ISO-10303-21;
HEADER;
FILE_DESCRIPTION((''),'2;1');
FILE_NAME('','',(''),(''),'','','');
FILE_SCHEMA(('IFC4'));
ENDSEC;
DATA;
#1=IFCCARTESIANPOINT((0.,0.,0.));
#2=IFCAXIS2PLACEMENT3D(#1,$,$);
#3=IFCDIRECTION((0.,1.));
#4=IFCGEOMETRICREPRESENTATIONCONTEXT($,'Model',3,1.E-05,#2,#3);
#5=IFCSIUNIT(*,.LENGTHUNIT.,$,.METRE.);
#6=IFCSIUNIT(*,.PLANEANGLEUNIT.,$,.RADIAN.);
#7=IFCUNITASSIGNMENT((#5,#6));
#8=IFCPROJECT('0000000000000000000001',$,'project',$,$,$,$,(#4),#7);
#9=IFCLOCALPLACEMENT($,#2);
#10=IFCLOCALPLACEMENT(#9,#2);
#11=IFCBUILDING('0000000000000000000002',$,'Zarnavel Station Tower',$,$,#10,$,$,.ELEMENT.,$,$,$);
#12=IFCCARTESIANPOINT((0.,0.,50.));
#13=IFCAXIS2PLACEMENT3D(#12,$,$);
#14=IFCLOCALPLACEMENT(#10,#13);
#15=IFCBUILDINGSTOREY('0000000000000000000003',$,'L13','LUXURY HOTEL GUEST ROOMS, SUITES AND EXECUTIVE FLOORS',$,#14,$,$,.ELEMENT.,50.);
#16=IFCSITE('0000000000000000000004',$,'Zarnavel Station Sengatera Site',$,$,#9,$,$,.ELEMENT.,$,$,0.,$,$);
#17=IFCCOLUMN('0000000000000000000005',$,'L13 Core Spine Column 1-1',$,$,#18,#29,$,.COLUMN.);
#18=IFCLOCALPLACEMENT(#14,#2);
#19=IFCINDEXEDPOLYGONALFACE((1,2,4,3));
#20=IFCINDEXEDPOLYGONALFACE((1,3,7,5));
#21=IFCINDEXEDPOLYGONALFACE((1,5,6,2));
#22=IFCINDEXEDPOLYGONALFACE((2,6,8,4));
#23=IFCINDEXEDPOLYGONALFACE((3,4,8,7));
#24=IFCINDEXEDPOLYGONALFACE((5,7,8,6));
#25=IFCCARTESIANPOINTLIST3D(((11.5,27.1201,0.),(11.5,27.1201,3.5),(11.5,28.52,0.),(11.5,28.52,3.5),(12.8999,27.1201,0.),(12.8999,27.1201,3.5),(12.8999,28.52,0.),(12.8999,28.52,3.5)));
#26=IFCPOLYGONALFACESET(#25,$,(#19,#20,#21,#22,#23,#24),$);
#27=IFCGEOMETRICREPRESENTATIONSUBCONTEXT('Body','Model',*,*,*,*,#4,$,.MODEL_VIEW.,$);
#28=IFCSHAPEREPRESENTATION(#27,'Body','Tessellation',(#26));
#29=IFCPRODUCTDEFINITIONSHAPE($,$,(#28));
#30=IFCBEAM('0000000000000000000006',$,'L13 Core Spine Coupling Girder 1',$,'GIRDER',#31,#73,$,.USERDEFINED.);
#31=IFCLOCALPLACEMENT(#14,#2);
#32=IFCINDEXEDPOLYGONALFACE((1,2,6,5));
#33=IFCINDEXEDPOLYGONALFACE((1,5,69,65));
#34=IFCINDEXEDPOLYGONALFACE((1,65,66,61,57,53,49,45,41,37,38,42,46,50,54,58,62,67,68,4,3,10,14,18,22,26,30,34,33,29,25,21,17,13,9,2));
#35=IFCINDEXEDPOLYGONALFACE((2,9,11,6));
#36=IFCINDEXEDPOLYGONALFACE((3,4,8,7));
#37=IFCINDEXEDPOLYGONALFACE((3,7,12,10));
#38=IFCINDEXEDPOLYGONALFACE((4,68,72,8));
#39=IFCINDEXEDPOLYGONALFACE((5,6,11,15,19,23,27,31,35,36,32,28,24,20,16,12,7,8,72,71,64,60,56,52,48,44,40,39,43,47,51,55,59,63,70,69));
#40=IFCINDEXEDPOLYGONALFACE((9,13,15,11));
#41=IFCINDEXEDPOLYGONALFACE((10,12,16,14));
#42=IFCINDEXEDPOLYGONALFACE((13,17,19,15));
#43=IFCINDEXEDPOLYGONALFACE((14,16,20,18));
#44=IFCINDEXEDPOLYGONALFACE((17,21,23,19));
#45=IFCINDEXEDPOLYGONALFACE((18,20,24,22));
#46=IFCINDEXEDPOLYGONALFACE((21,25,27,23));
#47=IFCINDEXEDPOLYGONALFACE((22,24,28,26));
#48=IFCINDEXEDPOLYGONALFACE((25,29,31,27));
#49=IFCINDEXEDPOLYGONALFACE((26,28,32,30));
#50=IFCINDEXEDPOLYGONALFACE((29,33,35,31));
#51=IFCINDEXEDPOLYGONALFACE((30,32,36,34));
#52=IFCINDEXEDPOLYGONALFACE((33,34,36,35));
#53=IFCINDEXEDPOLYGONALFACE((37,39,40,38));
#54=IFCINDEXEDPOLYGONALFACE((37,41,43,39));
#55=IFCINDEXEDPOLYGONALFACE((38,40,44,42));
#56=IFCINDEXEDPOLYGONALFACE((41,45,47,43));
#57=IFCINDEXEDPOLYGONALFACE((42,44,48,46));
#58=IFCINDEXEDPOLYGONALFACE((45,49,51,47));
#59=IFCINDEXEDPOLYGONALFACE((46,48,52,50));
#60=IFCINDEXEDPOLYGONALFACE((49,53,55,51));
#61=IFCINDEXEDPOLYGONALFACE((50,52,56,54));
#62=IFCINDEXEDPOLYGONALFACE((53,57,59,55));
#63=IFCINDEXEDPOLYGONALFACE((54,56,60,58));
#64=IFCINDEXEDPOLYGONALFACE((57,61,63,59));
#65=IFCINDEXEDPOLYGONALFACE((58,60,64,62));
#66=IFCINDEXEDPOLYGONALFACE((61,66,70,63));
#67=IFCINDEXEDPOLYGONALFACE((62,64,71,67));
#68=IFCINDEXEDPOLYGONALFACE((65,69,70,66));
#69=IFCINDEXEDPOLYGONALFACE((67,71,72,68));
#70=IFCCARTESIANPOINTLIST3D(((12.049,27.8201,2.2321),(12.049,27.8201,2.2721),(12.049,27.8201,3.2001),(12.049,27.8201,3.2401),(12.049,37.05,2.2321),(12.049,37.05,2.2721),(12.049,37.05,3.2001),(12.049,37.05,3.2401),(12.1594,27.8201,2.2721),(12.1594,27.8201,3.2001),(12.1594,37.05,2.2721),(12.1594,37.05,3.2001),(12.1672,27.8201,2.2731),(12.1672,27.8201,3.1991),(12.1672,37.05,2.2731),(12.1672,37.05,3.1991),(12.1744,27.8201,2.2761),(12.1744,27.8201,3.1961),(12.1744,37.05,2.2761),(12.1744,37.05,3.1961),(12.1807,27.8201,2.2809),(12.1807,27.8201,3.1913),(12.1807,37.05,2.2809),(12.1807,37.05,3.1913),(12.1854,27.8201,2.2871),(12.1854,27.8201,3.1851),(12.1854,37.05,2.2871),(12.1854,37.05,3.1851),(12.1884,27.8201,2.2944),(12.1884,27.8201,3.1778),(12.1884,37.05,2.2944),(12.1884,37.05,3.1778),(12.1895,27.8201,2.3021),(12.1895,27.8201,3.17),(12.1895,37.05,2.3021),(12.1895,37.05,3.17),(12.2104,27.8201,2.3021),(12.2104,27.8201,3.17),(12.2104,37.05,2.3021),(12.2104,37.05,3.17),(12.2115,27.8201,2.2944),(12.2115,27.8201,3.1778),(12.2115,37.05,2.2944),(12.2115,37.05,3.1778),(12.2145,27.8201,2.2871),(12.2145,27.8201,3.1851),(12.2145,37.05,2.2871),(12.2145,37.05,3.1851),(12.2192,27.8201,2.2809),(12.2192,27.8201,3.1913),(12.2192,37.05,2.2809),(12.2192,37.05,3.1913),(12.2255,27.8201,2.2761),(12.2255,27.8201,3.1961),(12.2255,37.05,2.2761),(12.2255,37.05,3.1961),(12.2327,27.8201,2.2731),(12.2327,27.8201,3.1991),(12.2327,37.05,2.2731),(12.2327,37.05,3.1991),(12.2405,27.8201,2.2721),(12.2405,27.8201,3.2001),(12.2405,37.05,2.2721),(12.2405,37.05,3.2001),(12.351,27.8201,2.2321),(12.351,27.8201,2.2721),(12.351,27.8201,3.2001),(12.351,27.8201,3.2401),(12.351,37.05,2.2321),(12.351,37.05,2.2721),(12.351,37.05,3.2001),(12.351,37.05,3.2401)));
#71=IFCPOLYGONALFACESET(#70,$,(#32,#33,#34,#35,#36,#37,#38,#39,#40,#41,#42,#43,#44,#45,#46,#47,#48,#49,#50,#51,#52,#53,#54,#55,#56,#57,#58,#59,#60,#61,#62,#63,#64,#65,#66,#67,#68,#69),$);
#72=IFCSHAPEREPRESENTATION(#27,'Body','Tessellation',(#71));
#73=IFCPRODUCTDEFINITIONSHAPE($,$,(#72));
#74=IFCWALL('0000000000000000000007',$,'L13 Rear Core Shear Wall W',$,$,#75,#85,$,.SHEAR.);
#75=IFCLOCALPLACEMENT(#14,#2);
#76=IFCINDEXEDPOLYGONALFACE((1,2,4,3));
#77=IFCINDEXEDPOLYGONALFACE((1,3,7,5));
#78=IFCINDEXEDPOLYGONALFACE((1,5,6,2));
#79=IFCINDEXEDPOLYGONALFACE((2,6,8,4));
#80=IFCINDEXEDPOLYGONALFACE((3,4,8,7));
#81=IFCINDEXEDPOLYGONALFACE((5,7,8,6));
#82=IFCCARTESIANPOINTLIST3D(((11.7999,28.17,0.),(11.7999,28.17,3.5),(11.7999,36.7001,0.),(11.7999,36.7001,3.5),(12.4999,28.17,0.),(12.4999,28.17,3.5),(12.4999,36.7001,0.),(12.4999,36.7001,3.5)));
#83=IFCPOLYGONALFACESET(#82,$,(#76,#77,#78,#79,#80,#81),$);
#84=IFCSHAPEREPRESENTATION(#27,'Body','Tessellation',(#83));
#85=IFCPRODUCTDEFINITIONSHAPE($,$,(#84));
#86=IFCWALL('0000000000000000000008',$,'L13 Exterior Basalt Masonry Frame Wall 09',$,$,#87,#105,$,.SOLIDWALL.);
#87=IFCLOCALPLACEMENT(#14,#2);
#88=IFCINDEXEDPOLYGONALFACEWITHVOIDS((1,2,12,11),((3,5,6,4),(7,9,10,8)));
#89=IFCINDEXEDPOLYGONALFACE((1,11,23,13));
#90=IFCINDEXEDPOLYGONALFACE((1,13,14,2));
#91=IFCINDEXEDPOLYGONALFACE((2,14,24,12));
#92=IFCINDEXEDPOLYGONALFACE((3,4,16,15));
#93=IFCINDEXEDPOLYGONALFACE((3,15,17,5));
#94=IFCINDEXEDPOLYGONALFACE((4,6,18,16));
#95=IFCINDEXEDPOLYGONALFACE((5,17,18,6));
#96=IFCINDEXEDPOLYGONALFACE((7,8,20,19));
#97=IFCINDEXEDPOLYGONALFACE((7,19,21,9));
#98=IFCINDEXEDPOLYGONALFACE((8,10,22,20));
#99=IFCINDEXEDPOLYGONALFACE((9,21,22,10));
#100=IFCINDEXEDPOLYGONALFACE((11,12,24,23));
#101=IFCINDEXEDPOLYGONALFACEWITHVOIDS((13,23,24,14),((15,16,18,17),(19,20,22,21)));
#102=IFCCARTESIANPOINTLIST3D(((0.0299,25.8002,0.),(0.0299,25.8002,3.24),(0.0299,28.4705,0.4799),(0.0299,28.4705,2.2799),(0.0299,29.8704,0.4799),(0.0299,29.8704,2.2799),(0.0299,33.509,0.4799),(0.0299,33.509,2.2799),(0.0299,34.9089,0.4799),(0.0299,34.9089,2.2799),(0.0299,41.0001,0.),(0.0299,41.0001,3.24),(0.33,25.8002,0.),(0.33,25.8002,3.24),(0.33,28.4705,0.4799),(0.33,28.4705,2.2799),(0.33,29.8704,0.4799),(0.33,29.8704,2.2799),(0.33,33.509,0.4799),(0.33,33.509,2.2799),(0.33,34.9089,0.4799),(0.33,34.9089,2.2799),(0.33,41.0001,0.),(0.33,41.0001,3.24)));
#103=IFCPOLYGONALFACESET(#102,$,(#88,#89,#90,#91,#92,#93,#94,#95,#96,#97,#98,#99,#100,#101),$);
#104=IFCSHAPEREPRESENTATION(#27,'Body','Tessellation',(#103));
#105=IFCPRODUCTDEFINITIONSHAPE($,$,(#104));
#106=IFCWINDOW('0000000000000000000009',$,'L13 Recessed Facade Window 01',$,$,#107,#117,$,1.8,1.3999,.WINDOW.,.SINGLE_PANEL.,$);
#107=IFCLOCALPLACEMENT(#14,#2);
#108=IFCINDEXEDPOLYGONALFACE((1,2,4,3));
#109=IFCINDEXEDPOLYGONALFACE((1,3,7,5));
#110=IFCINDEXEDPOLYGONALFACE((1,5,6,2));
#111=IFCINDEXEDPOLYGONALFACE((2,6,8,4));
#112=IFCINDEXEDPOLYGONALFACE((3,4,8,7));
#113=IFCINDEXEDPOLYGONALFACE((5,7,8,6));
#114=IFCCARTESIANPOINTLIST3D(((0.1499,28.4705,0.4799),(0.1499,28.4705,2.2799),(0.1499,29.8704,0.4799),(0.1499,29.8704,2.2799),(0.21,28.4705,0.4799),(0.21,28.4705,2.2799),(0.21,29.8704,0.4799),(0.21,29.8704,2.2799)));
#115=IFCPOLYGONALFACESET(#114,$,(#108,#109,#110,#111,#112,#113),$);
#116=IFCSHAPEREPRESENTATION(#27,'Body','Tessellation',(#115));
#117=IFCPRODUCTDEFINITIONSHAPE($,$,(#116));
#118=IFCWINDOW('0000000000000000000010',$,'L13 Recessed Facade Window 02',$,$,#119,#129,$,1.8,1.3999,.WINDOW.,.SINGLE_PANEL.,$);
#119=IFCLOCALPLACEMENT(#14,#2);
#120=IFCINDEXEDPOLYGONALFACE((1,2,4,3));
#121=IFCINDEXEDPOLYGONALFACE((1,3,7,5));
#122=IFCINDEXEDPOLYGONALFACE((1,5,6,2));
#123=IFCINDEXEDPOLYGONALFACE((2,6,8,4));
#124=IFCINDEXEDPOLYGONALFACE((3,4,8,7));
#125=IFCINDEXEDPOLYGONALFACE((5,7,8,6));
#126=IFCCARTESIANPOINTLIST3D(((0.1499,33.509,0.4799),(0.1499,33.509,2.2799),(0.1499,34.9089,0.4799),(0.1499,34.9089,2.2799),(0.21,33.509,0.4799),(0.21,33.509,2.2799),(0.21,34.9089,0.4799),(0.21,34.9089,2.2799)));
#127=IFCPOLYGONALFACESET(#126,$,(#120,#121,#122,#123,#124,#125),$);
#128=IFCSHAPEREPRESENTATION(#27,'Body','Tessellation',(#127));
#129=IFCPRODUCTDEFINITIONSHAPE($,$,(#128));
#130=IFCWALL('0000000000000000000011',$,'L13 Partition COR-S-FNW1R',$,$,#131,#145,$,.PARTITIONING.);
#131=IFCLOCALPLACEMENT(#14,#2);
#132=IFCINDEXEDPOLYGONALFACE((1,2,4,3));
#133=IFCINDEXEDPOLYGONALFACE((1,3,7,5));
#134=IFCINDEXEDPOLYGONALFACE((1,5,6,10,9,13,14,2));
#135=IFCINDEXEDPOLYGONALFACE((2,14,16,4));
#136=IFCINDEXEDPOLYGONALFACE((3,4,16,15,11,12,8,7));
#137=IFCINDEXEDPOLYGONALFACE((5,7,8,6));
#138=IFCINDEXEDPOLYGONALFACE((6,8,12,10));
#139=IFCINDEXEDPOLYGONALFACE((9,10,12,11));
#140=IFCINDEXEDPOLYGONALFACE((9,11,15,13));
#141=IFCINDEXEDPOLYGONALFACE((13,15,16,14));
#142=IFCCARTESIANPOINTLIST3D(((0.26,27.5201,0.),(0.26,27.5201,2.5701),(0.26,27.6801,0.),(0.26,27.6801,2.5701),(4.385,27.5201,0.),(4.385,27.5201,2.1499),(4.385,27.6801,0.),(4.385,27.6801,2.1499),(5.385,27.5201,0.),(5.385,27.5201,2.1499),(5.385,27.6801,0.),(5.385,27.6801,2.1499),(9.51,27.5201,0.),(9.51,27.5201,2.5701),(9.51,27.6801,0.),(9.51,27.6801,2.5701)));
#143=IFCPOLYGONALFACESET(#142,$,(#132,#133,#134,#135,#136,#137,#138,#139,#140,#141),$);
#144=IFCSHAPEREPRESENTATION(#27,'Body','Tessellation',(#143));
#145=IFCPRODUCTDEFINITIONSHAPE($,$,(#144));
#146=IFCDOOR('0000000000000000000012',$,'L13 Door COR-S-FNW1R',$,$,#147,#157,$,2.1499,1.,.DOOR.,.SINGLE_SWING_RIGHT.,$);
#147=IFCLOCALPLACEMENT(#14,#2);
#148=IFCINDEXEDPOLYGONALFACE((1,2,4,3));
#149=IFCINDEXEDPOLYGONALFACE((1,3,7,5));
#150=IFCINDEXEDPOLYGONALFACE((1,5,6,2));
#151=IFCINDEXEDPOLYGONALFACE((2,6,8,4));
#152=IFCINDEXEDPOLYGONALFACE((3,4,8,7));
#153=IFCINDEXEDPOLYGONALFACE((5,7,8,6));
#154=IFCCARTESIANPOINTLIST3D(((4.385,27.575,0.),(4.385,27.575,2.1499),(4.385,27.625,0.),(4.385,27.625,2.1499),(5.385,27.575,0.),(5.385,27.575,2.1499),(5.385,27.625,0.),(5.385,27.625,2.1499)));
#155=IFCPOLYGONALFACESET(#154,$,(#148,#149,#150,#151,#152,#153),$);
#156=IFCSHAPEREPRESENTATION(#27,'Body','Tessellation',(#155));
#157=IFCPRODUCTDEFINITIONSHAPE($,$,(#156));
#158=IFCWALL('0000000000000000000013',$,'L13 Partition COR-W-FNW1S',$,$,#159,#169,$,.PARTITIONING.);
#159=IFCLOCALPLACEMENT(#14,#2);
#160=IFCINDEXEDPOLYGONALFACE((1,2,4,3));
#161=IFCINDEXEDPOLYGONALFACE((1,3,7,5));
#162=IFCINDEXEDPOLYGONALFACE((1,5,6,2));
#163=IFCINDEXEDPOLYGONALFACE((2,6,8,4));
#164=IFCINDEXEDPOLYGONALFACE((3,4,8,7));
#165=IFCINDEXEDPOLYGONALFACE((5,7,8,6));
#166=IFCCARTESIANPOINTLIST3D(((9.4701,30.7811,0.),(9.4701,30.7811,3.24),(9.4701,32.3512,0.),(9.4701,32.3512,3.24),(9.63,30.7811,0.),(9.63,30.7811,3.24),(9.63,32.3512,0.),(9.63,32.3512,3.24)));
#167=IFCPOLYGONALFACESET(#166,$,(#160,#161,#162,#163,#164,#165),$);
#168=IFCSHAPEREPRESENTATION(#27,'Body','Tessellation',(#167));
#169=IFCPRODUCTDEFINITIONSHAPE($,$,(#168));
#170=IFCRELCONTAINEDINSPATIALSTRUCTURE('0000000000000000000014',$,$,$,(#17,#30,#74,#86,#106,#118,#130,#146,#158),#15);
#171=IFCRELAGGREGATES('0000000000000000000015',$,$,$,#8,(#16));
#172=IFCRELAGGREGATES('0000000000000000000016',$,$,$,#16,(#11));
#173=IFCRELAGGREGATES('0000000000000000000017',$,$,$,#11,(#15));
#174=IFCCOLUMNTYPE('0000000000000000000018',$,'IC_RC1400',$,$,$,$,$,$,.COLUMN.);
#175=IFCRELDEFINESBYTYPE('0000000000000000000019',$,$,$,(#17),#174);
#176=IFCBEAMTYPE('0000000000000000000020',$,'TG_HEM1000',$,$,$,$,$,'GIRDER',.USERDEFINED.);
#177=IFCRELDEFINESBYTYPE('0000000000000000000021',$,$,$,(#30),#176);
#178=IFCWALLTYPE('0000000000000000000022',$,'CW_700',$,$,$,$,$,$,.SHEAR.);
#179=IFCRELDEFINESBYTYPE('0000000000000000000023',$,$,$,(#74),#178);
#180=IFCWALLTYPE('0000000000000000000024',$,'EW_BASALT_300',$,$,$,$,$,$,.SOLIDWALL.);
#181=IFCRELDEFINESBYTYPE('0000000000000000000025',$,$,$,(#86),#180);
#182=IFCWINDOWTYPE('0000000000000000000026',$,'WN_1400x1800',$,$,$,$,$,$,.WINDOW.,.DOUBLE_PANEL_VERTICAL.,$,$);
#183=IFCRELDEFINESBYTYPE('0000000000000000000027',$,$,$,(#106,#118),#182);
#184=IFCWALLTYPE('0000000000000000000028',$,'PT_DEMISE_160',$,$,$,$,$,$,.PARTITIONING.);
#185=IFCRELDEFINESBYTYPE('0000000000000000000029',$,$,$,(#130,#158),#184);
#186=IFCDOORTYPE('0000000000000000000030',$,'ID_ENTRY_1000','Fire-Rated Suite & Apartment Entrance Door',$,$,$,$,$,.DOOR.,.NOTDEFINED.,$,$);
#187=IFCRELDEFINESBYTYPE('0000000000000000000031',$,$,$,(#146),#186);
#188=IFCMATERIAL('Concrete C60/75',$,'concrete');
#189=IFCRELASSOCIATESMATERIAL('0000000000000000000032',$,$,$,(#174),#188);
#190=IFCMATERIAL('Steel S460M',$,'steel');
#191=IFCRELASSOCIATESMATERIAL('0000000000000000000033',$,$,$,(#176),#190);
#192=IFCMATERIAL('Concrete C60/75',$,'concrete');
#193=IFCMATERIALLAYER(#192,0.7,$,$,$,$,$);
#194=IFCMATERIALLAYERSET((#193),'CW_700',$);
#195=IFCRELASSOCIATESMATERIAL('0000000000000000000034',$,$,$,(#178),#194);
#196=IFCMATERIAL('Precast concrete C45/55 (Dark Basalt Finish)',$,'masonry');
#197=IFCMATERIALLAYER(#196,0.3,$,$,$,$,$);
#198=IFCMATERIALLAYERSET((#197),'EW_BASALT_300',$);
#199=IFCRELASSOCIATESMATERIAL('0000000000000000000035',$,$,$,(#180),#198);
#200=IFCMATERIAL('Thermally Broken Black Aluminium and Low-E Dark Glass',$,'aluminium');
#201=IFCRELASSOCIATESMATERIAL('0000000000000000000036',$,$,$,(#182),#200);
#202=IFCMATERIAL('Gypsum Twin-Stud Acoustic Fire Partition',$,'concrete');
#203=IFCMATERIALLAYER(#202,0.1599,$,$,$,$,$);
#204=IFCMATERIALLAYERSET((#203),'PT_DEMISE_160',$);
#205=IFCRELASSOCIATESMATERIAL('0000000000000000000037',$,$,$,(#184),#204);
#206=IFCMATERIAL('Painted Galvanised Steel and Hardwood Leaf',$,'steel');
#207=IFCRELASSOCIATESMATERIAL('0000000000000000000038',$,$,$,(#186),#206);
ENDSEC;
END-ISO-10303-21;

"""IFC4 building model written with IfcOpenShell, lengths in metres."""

from ifc_helpers import new_model, si_unit, direction, frame, frame_2d, origin, origin_2d, place, context, subcontext, project, spatial, rectangle, i_section, extrude, material, layer, layer_set, material_profile, profile_set, type_object, element, fill, save


model = new_model("IFC4")

# Units and contexts
model_context = context("Model", 3, precision=1e-05, world=origin(), true_north=direction((0.0, 1.0)))
body_context = subcontext(model_context, "Body", "Model", "MODEL_VIEW")
ifc_project = project(units=[si_unit("LENGTHUNIT", "METRE"), si_unit("PLANEANGLEUNIT", "RADIAN")], contexts=[model_context])

# Site, building, storey
site_placement = place(None, origin())
site = spatial("IfcSite", under=ifc_project, at=site_placement, Name="Zarnavel Station Sengatera Site", CompositionType="ELEMENT", RefElevation=0.0)
building_placement = place(site_placement, origin())
building = spatial("IfcBuilding", under=site, at=building_placement, Name="Zarnavel Station Tower", CompositionType="ELEMENT")
storey_placement = place(building_placement, frame((0.0, 0.0, 50.0)))
storey = spatial("IfcBuildingStorey", under=building, at=storey_placement, Name="L13", Description="LUXURY HOTEL GUEST ROOMS, SUITES AND EXECUTIVE FLOORS", CompositionType="ELEMENT", Elevation=50.0)

# Column
ifc_material_1 = material(Name="Concrete C60/75", Category="concrete")
ifc_material_profile_1 = material_profile(ifc_material_1, rectangle(XDim=1.3999, YDim=1.3999, at=origin_2d()), Name="RC1400x1400")
ifc_profile_set_1 = profile_set([ifc_material_profile_1], Name="Concrete C60/75")
column_type = type_object("IfcColumnType", Name="IC_RC1400", PredefinedType="COLUMN", material=ifc_profile_set_1)
column_placement = place(storey_placement, frame((12.2, 27.8201, 0.0), z_axis=(0.0, 0.0, 1.0), x_axis=(1.0, 0.0, 0.0)))
element("IfcColumn", 1, at=column_placement, inside=storey, type_object=column_type, Name="L13 Core Spine Column 1-1", PredefinedType="COLUMN", context=body_context, shape_type="SweptSolid", body=[
    extrude(rectangle(XDim=1.3999, YDim=1.3999, at=origin_2d()), origin(), (0.0, 0.0, 1.0), 3.5),
])

# Beam
ifc_material_2 = material(Name="Steel S460M", Category="steel")
ifc_material_profile_2 = material_profile(ifc_material_2, i_section(OverallWidth=0.302, OverallDepth=1.0081, WebThickness=0.021, FlangeThickness=0.04, FilletRadius=0.03, at=origin_2d()), Name="HEM1000")
ifc_profile_set_2 = profile_set([ifc_material_profile_2], Name="Steel S460M")
beam_type = type_object("IfcBeamType", Name="TG_HEM1000", ElementType="GIRDER", PredefinedType="USERDEFINED", material=ifc_profile_set_2)
beam_placement = place(storey_placement, frame((12.2, 27.8201, 2.7361), z_axis=(0.0, 1.0, 0.0), x_axis=(-1.0, 0.0, 0.0)))
element("IfcBeam", 2, at=beam_placement, inside=storey, type_object=beam_type, Name="L13 Core Spine Coupling Girder 1", ObjectType="GIRDER", PredefinedType="USERDEFINED", context=body_context, shape_type="SweptSolid", body=[
    extrude(i_section(OverallWidth=0.302, OverallDepth=1.0081, WebThickness=0.021, FlangeThickness=0.04, FilletRadius=0.03, at=origin_2d()), origin(), (0.0, 0.0, 1.0), 9.23),
])

# Wall
ifc_material_3 = material(Name="Concrete C60/75", Category="concrete")
ifc_layer_1 = layer(ifc_material_3, 0.7)
ifc_layer_set_1 = layer_set([ifc_layer_1], Name="CW_700")
wall_type_1 = type_object("IfcWallType", Name="CW_700", PredefinedType="SHEAR", material=ifc_layer_set_1)
wall_1_placement = place(storey_placement, frame((12.1499, 28.1699, 0.0), z_axis=(0.0, 0.0, 1.0), x_axis=(0.0, 1.0, 0.0)))
element("IfcWall", 3, at=wall_1_placement, inside=storey, type_object=wall_type_1, Name="L13 Rear Core Shear Wall W", PredefinedType="SHEAR", context=body_context, shape_type="SweptSolid", body=[
    extrude(rectangle(XDim=8.53, YDim=0.7, at=frame_2d((4.2651, 0.0))), origin(), (0.0, 0.0, 1.0), 3.5),
])

# Wall, openings, windows
ifc_material_4 = material(Name="Precast concrete C45/55 (Dark Basalt Finish)", Category="masonry")
ifc_layer_2 = layer(ifc_material_4, 0.3)
ifc_layer_set_2 = layer_set([ifc_layer_2], Name="EW_BASALT_300")
wall_type_2 = type_object("IfcWallType", Name="EW_BASALT_300", PredefinedType="SOLIDWALL", material=ifc_layer_set_2)
wall_2_placement = place(storey_placement, frame((0.1799, 25.8, 0.0), z_axis=(0.0, 0.0, 1.0), x_axis=(0.0, 1.0, 0.0)))
wall_2 = element("IfcWall", 4, at=wall_2_placement, inside=storey, type_object=wall_type_2, Name="L13 Exterior Basalt Masonry Frame Wall 09", PredefinedType="SOLIDWALL", context=body_context, shape_type="SweptSolid", body=[
    extrude(rectangle(XDim=15.2, YDim=0.3, at=frame_2d((7.6001, 0.0))), origin(), (0.0, 0.0, 1.0), 3.24),
])
opening_1_placement = place(wall_2_placement, frame((2.6704, 0.0, 0.48)))
opening_1 = element("IfcOpeningElement", 5, at=opening_1_placement, cuts=wall_2, PredefinedType="OPENING", context=body_context, shape_type="SweptSolid", body=[
    extrude(rectangle(XDim=1.3999, YDim=1.8, at=frame_2d((0.7, 0.8999))), frame((0.0, 0.1599, 0.0), z_axis=(0.0, -1.0, 0.0), x_axis=(1.0, 0.0, 0.0)), (0.0, 0.0, 1.0), 0.3201),
])
opening_2_placement = place(wall_2_placement, frame((7.709, 0.0, 0.48)))
opening_2 = element("IfcOpeningElement", 6, at=opening_2_placement, cuts=wall_2, PredefinedType="OPENING", context=body_context, shape_type="SweptSolid", body=[
    extrude(rectangle(XDim=1.3999, YDim=1.8, at=frame_2d((0.7, 0.8999))), frame((0.0, 0.1599, 0.0), z_axis=(0.0, -1.0, 0.0), x_axis=(1.0, 0.0, 0.0)), (0.0, 0.0, 1.0), 0.3201),
])
ifc_material_5 = material(Name="Thermally Broken Black Aluminium and Low-E Dark Glass", Category="aluminium")
window_type = type_object("IfcWindowType", Name="WN_1400x1800", PartitioningType="DOUBLE_PANEL_VERTICAL", PredefinedType="WINDOW", material=ifc_material_5)
window_1_placement = place(opening_1_placement, origin())
window_1 = element("IfcWindow", 7, at=window_1_placement, inside=storey, type_object=window_type, Name="L13 Recessed Facade Window 01", OverallHeight=1.8, OverallWidth=1.3999, PartitioningType="SINGLE_PANEL", PredefinedType="WINDOW", context=body_context, shape_type="SweptSolid", body=[
    extrude(rectangle(XDim=1.3999, YDim=1.8, at=frame_2d((0.7, 0.8999))), frame((0.0, 0.03, 0.0), z_axis=(0.0, -1.0, 0.0), x_axis=(1.0, 0.0, 0.0)), (0.0, 0.0, 1.0), 0.0601),
])
fill(opening_1, window_1)
window_2_placement = place(opening_2_placement, origin())
window_2 = element("IfcWindow", 8, at=window_2_placement, inside=storey, type_object=window_type, Name="L13 Recessed Facade Window 02", OverallHeight=1.8, OverallWidth=1.3999, PartitioningType="SINGLE_PANEL", PredefinedType="WINDOW", context=body_context, shape_type="SweptSolid", body=[
    extrude(rectangle(XDim=1.3999, YDim=1.8, at=frame_2d((0.7, 0.8999))), frame((0.0, 0.03, 0.0), z_axis=(0.0, -1.0, 0.0), x_axis=(1.0, 0.0, 0.0)), (0.0, 0.0, 1.0), 0.0601),
])
fill(opening_2, window_2)

# Wall, opening, door
ifc_material_6 = material(Name="Gypsum Twin-Stud Acoustic Fire Partition", Category="concrete")
ifc_layer_3 = layer(ifc_material_6, 0.1599)
ifc_layer_set_3 = layer_set([ifc_layer_3], Name="PT_DEMISE_160")
wall_type_3 = type_object("IfcWallType", Name="PT_DEMISE_160", PredefinedType="PARTITIONING", material=ifc_layer_set_3)
wall_3_placement = place(storey_placement, frame((0.26, 27.6001, 0.0), z_axis=(0.0, 0.0, 1.0), x_axis=(1.0, 0.0, 0.0)))
wall_3 = element("IfcWall", 9, at=wall_3_placement, inside=storey, type_object=wall_type_3, Name="L13 Partition COR-S-FNW1R", PredefinedType="PARTITIONING", context=body_context, shape_type="SweptSolid", body=[
    extrude(rectangle(XDim=9.25, YDim=0.1599, at=frame_2d((4.625, 0.0))), origin(), (0.0, 0.0, 1.0), 2.5701),
])
opening_3_placement = place(wall_3_placement, frame((4.125, 0.0, 0.0)))
opening_3 = element("IfcOpeningElement", 10, at=opening_3_placement, cuts=wall_3, PredefinedType="OPENING", context=body_context, shape_type="SweptSolid", body=[
    extrude(rectangle(XDim=1.0, YDim=2.1499, at=frame_2d((0.5, 1.075))), frame((0.0, 0.0898, 0.0), z_axis=(0.0, -1.0, 0.0), x_axis=(1.0, 0.0, 0.0)), (0.0, 0.0, 1.0), 0.1799),
])
ifc_material_7 = material(Name="Painted Galvanised Steel and Hardwood Leaf", Category="steel")
door_type_1 = type_object("IfcDoorType", Name="ID_ENTRY_1000", Description="Fire-Rated Suite & Apartment Entrance Door", OperationType="NOTDEFINED", PredefinedType="DOOR", material=ifc_material_7)
door_1_placement = place(opening_3_placement, origin())
door_1 = element("IfcDoor", 11, at=door_1_placement, inside=storey, type_object=door_type_1, Name="L13 Door COR-S-FNW1R", OperationType="SINGLE_SWING_RIGHT", OverallHeight=2.1499, OverallWidth=1.0, PredefinedType="DOOR", context=body_context, shape_type="SweptSolid", body=[
    extrude(rectangle(XDim=1.0, YDim=2.1499, at=frame_2d((0.5, 1.075))), frame((0.0, 0.0249, 0.0), z_axis=(0.0, -1.0, 0.0), x_axis=(1.0, 0.0, 0.0)), (0.0, 0.0, 1.0), 0.05),
])
fill(opening_3, door_1)

# Wall
wall_4_placement = place(storey_placement, frame((9.55, 30.781, 0.0), z_axis=(0.0, 0.0, 1.0), x_axis=(0.0, 1.0, 0.0)))
element("IfcWall", 12, at=wall_4_placement, inside=storey, type_object=wall_type_3, Name="L13 Partition COR-W-FNW1S", PredefinedType="PARTITIONING", context=body_context, shape_type="SweptSolid", body=[
    extrude(rectangle(XDim=1.5701, YDim=0.1599, at=frame_2d((0.7852, 0.0))), origin(), (0.0, 0.0, 1.0), 3.24),
])

save(model, "model.ifc")
